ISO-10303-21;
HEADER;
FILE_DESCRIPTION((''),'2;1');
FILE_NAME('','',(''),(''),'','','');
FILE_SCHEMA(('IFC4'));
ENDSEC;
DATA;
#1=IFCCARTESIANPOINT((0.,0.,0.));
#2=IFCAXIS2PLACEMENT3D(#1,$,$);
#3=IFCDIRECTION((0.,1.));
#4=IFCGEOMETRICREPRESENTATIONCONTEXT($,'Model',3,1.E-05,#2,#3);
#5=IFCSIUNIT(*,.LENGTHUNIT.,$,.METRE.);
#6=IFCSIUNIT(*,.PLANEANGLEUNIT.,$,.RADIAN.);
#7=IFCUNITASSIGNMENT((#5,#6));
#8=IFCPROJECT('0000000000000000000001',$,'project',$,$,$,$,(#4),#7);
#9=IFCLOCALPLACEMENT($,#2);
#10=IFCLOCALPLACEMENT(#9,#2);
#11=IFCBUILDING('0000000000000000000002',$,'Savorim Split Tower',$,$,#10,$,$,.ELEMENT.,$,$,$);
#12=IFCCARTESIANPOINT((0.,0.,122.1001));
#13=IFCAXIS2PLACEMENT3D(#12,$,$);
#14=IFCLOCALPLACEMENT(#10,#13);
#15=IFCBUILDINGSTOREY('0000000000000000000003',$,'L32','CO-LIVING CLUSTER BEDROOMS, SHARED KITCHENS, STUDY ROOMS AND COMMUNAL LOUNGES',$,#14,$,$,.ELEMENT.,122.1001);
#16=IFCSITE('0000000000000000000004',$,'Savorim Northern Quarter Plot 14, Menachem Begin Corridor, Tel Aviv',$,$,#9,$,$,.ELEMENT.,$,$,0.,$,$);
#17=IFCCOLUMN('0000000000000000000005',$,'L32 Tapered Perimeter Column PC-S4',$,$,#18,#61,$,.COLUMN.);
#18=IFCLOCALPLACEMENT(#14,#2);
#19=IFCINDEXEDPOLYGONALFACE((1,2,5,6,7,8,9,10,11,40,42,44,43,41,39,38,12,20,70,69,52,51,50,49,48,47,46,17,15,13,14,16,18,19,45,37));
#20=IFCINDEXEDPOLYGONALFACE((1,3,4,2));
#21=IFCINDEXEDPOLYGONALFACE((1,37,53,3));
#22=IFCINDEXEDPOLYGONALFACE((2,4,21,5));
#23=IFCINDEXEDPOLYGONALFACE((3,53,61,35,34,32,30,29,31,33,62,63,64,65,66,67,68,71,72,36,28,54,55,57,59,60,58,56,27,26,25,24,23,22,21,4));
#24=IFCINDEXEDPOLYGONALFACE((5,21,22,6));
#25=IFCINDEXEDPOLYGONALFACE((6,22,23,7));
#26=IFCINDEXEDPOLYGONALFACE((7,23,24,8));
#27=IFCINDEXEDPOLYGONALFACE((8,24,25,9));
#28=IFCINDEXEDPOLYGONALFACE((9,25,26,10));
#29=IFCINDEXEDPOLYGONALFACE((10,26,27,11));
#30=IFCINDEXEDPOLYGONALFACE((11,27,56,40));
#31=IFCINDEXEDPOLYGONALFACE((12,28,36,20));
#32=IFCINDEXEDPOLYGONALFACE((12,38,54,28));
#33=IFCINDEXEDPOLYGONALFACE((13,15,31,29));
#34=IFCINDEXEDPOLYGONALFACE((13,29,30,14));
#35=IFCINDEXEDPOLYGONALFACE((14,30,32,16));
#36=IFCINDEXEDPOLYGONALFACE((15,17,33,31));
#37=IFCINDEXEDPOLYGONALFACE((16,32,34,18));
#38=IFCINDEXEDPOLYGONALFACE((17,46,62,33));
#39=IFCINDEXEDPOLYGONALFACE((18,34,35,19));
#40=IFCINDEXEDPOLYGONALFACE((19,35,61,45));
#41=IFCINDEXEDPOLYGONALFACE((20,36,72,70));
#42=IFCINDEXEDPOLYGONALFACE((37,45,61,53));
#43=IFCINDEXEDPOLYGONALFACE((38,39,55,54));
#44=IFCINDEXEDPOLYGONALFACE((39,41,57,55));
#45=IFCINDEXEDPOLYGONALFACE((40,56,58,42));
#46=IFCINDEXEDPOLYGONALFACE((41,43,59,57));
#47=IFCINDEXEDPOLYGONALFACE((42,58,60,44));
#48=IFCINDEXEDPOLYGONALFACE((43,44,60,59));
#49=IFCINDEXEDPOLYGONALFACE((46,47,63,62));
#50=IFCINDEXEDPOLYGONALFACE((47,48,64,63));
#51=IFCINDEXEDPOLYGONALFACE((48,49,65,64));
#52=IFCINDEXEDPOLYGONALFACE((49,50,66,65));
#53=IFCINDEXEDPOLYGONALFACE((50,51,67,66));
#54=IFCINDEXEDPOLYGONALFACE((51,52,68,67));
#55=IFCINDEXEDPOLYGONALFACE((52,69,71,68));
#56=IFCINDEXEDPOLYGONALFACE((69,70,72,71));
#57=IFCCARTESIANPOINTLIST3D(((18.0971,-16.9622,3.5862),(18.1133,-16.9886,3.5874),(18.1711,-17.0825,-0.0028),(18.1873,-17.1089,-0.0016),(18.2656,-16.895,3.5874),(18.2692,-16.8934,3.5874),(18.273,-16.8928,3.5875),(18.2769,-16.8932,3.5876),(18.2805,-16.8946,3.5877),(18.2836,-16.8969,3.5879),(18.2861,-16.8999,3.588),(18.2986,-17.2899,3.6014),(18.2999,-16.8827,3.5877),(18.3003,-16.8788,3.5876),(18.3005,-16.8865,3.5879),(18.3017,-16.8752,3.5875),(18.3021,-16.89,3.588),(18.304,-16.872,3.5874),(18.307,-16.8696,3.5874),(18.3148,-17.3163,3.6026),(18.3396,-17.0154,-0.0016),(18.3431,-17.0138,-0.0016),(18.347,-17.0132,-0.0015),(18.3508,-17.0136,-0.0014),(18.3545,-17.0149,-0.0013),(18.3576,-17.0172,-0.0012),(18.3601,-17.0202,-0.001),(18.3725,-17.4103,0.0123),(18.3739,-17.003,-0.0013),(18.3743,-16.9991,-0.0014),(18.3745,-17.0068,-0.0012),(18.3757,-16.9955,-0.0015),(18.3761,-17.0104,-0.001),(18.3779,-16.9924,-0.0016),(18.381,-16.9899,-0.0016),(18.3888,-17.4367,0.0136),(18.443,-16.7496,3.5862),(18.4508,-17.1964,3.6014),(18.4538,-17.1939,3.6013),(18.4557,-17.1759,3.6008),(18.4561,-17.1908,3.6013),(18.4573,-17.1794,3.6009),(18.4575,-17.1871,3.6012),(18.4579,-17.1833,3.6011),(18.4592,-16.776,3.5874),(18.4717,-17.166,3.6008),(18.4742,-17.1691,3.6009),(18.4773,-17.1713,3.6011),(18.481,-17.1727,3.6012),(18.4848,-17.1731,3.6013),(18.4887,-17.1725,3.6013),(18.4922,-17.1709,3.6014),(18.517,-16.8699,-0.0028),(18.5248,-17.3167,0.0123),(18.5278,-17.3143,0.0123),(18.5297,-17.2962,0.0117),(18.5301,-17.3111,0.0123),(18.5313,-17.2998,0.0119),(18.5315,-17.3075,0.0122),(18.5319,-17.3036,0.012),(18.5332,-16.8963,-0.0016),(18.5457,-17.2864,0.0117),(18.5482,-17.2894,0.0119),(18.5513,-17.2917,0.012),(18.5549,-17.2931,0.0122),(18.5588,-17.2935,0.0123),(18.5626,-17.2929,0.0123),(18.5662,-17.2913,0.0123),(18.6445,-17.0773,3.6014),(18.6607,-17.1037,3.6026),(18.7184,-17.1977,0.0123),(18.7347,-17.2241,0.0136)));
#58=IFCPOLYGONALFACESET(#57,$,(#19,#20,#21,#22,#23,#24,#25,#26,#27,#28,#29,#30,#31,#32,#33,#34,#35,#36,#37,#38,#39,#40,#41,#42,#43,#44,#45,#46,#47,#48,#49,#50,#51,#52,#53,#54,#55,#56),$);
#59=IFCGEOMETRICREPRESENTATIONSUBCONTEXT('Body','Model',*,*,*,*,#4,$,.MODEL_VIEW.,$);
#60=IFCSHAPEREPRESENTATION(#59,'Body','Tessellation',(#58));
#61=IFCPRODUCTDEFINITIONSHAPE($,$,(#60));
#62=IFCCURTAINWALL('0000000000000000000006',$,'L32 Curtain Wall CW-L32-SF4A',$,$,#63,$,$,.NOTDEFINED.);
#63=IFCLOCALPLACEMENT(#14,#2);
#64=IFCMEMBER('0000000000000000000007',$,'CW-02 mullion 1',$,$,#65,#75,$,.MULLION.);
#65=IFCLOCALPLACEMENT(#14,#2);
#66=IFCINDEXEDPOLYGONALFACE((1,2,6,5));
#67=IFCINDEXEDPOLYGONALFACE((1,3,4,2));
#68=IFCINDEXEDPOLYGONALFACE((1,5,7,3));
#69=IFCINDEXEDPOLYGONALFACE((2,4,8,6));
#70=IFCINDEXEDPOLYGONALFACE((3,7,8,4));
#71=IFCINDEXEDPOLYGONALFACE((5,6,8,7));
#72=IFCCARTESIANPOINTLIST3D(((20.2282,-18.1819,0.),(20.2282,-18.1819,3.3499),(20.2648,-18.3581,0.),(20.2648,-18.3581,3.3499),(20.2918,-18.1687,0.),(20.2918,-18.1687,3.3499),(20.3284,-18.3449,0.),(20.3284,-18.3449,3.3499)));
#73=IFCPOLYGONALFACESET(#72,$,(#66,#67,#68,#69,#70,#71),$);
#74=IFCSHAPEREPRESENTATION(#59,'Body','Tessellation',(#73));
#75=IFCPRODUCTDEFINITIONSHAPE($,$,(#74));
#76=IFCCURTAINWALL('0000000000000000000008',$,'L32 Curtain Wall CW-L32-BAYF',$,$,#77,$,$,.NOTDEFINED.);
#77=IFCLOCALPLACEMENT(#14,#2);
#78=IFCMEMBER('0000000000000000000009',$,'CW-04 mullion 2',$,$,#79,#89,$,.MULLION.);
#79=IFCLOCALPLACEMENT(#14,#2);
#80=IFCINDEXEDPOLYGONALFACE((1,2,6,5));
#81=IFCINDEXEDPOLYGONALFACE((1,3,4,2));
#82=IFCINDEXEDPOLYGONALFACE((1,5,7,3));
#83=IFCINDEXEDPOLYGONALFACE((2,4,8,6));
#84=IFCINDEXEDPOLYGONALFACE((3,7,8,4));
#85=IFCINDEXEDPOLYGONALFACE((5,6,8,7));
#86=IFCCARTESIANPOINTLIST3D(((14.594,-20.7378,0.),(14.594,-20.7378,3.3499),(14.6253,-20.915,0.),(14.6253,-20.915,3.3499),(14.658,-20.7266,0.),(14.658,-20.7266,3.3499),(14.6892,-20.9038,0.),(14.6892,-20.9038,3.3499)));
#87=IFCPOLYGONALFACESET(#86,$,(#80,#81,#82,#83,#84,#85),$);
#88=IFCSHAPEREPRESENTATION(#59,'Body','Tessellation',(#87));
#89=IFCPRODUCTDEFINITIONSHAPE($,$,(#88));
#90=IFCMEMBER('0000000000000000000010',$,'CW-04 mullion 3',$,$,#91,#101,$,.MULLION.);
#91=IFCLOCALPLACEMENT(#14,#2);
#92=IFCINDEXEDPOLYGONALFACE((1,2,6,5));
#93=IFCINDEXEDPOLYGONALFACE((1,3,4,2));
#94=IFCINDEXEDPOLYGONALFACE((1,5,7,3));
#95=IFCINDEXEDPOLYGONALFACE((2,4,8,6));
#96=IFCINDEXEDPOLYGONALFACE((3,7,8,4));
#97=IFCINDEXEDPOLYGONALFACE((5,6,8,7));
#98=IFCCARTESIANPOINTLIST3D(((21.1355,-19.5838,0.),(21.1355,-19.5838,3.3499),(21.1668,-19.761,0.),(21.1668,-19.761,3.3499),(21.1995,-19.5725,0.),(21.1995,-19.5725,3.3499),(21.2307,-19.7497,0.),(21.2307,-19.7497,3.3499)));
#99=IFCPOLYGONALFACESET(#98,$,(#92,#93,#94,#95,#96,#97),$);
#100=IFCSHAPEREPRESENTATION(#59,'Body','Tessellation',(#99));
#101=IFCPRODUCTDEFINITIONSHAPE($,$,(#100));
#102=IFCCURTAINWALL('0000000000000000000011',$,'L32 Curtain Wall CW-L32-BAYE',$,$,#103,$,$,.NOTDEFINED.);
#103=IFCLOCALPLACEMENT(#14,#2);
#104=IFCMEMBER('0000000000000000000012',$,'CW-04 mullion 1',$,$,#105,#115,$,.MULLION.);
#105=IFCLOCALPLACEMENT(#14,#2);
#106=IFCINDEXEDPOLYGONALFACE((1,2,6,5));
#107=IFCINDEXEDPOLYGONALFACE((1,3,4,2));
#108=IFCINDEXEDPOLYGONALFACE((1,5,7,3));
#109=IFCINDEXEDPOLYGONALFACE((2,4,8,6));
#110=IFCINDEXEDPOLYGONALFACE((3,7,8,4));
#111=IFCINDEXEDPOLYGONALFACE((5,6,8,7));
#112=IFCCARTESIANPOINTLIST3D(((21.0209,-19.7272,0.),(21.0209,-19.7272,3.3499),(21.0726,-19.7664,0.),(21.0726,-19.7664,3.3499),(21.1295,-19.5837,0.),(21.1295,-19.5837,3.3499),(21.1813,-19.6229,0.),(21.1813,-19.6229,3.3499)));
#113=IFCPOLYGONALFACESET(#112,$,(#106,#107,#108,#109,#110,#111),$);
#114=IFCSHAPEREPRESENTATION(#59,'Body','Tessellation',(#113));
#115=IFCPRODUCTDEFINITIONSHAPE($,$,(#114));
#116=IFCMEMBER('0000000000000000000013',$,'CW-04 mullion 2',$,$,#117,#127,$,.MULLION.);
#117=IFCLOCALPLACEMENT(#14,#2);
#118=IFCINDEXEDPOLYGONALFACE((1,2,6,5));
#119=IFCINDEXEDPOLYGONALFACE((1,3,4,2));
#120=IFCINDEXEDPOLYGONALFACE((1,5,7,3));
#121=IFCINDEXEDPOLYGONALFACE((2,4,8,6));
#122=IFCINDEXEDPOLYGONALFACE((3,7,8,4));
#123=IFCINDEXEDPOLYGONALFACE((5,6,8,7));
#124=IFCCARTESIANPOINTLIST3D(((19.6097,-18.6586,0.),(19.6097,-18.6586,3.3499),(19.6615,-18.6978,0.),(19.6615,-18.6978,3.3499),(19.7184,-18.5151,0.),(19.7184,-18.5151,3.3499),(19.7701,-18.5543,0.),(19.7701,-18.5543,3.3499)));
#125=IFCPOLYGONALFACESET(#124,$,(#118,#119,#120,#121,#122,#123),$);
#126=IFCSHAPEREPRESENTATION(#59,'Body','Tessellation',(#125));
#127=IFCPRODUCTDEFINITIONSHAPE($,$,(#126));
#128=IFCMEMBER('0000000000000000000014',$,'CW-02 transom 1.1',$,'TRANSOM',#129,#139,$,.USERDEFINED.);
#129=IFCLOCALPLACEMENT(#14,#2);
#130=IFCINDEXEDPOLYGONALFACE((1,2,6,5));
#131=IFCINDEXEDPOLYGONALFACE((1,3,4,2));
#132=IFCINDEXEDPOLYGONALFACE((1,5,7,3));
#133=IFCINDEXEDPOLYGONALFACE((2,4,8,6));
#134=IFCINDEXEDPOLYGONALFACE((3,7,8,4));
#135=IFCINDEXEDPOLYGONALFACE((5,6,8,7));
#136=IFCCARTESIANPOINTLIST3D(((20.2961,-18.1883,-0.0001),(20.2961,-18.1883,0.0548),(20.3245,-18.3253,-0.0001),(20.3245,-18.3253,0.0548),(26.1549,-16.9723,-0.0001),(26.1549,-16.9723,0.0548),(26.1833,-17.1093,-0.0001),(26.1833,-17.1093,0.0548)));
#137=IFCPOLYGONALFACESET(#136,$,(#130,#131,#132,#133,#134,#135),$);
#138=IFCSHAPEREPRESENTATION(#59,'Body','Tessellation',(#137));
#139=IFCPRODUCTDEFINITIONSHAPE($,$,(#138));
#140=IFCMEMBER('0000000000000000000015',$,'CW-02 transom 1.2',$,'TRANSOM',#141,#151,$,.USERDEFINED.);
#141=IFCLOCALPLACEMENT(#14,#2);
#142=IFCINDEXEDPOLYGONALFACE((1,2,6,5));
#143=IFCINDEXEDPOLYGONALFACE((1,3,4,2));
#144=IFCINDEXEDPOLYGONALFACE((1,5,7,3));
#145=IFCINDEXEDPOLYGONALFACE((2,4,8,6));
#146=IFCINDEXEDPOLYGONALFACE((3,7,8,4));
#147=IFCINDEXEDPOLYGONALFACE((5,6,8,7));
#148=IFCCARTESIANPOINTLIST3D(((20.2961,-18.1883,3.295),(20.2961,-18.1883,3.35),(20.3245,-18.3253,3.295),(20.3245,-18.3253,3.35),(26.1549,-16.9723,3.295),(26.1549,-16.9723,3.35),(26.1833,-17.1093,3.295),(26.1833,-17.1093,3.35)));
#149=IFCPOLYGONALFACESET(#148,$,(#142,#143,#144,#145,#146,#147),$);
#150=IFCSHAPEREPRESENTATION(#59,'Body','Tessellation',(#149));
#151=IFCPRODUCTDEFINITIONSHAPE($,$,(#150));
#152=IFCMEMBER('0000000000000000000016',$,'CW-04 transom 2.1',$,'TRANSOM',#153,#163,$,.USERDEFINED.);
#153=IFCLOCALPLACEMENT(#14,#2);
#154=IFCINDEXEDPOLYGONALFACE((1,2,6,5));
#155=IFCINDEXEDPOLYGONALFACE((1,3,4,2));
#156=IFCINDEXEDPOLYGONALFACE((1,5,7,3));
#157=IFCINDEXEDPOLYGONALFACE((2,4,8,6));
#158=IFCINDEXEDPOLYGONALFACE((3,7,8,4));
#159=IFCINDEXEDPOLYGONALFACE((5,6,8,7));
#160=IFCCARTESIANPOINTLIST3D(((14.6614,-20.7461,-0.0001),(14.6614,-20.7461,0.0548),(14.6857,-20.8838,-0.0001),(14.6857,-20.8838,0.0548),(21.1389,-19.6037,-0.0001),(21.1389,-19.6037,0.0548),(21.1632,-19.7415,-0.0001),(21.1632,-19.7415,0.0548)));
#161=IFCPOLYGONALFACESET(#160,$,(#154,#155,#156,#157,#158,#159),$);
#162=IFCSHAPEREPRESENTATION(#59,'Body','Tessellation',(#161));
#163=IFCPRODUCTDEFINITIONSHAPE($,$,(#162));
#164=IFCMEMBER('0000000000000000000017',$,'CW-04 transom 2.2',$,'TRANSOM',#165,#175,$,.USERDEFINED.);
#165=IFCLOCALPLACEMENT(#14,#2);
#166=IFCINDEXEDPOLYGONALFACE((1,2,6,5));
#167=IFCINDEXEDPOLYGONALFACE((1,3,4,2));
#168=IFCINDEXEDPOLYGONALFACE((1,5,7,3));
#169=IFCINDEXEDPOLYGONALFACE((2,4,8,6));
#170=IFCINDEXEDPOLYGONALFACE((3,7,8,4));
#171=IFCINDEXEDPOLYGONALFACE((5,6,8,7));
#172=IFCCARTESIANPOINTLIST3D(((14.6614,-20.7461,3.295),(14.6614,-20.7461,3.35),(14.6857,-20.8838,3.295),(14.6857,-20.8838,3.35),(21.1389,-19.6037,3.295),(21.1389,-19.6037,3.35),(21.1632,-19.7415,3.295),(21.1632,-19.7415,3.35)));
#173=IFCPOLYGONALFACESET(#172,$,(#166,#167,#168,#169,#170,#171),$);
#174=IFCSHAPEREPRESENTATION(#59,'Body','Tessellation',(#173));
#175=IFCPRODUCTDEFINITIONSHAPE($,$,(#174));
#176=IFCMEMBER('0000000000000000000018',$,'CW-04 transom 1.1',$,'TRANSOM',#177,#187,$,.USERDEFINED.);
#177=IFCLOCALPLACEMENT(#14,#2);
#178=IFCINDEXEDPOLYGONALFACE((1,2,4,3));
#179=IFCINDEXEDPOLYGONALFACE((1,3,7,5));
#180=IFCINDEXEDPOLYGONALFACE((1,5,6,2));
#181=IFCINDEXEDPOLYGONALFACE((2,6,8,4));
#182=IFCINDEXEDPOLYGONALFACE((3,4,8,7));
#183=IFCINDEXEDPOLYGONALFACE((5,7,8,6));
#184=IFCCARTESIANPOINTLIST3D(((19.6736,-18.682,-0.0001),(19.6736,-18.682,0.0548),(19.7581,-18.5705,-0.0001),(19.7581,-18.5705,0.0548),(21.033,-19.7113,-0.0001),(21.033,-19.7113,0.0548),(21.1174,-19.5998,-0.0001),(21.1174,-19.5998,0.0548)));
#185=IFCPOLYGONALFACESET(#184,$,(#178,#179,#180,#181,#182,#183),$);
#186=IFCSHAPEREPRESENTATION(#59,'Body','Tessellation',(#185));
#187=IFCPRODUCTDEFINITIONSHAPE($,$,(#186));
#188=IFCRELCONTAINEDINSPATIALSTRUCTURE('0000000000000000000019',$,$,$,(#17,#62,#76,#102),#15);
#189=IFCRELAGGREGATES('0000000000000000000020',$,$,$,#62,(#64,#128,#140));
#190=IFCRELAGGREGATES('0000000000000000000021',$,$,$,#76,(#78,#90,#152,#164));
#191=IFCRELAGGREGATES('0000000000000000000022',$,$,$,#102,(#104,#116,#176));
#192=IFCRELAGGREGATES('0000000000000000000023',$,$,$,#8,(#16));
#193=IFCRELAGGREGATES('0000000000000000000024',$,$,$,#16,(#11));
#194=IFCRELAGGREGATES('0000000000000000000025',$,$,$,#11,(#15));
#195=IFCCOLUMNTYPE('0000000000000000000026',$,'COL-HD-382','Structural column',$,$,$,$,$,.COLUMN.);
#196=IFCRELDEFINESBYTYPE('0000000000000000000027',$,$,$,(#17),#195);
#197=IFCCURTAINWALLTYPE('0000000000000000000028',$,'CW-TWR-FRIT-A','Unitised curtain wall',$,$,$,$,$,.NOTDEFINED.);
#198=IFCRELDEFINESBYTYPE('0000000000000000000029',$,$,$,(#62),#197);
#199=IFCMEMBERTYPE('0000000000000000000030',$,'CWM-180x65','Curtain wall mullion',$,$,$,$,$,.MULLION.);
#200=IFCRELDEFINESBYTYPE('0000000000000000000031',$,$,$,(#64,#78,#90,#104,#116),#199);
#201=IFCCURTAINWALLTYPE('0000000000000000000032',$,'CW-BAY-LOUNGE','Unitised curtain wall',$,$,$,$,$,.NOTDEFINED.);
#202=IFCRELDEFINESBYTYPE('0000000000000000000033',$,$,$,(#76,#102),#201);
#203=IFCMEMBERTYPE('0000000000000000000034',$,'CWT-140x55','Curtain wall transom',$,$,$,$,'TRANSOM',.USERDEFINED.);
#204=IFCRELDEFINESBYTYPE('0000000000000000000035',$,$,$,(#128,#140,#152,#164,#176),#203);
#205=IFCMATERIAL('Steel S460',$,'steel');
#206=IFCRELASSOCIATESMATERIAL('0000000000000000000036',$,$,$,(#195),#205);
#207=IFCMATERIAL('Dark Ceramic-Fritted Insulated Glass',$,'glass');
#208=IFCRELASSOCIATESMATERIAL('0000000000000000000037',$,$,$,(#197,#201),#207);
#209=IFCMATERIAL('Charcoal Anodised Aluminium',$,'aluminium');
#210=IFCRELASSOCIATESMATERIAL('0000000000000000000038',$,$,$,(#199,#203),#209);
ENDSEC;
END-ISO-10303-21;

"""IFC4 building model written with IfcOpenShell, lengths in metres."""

from ifc_helpers import new_model, si_unit, direction, frame, origin, origin_2d, place, context, subcontext, project, spatial, rectangle, i_section, extrude, material, material_profile, profile_set, type_object, element, aggregate, save


model = new_model("IFC4")

# Units and contexts
model_context = context("Model", 3, precision=1e-05, world=origin(), true_north=direction((0.0, 1.0)))
body_context = subcontext(model_context, "Body", "Model", "MODEL_VIEW")
ifc_project = project(units=[si_unit("LENGTHUNIT", "METRE"), si_unit("PLANEANGLEUNIT", "RADIAN")], contexts=[model_context])

# Site, building, storey
site_placement = place(None, origin())
site = spatial("IfcSite", under=ifc_project, at=site_placement, Name="Savorim Northern Quarter Plot 14, Menachem Begin Corridor, Tel Aviv", CompositionType="ELEMENT", RefElevation=0.0)
building_placement = place(site_placement, origin())
building = spatial("IfcBuilding", under=site, at=building_placement, Name="Savorim Split Tower", CompositionType="ELEMENT")
storey_placement = place(building_placement, frame((0.0, 0.0, 122.1001)))
storey = spatial("IfcBuildingStorey", under=building, at=storey_placement, Name="L32", Description="CO-LIVING CLUSTER BEDROOMS, SHARED KITCHENS, STUDY ROOMS AND COMMUNAL LOUNGES", CompositionType="ELEMENT", Elevation=122.1001)

# Column
ifc_material_1 = material(Name="Steel S460", Category="steel")
ifc_material_profile_1 = material_profile(ifc_material_1, i_section(OverallWidth=0.406, OverallDepth=0.416, WebThickness=0.0188, FlangeThickness=0.031, FilletRadius=0.0149, at=origin_2d()), Name="HD 400x382")
ifc_profile_set_1 = profile_set([ifc_material_profile_1], Name="Steel S460")
column_type = type_object("IfcColumnType", Name="COL-HD-382", Description="Structural column", PredefinedType="COLUMN", material=ifc_profile_set_1)
column_placement = place(storey_placement, frame((18.4529, -17.1533, 0.0054), z_axis=(-0.020595, 0.033509, 0.999226), x_axis=(-0.851955, -0.523615, 0.0)))
element("IfcColumn", 1, at=column_placement, inside=storey, type_object=column_type, Name="L32 Tapered Perimeter Column PC-S4", PredefinedType="COLUMN", context=body_context, shape_type="SweptSolid", body=[
    extrude(i_section(OverallWidth=0.406, OverallDepth=0.416, WebThickness=0.0188, FlangeThickness=0.031, FilletRadius=0.0149, at=origin_2d()), origin(), (0.0, 0.0, 1.0), 3.5918),
])

# Curtain wall, member
ifc_material_2 = material(Name="Dark Ceramic-Fritted Insulated Glass", Category="glass")
curtain_wall_type_1 = type_object("IfcCurtainWallType", Name="CW-TWR-FRIT-A", Description="Unitised curtain wall", PredefinedType="NOTDEFINED", material=ifc_material_2)
curtain_wall_1_placement = place(storey_placement, origin())
curtain_wall_1 = element("IfcCurtainWall", 2, at=curtain_wall_1_placement, inside=storey, type_object=curtain_wall_type_1, Name="L32 Curtain Wall CW-L32-SF4A", PredefinedType="NOTDEFINED")
ifc_material_3 = material(Name="Charcoal Anodised Aluminium", Category="aluminium")
ifc_material_profile_2 = material_profile(ifc_material_3, rectangle(XDim=0.1799, YDim=0.0649, at=origin_2d()), Name="ALU-M 180x65")
ifc_profile_set_2 = profile_set([ifc_material_profile_2], Name="Charcoal Anodised Aluminium")
member_type_1 = type_object("IfcMemberType", Name="CWM-180x65", Description="Curtain wall mullion", PredefinedType="MULLION", material=ifc_profile_set_2)
member_1_placement = place(storey_placement, frame((20.2783, -18.2634, 0.0), z_axis=(0.0, 0.0, 1.0), x_axis=(-0.20321, 0.979135, 0.0)))
member_1 = element("IfcMember", 3, at=member_1_placement, type_object=member_type_1, Name="CW-02 mullion 1", PredefinedType="MULLION", context=body_context, shape_type="SweptSolid", body=[
    extrude(rectangle(XDim=0.1799, YDim=0.0649, at=origin_2d()), origin(), (0.0, 0.0, 1.0), 3.3499),
])

# Curtain walls, members
curtain_wall_type_2 = type_object("IfcCurtainWallType", Name="CW-BAY-LOUNGE", Description="Unitised curtain wall", PredefinedType="NOTDEFINED", material=ifc_material_2)
curtain_wall_2_placement = place(storey_placement, origin())
curtain_wall_2 = element("IfcCurtainWall", 4, at=curtain_wall_2_placement, inside=storey, type_object=curtain_wall_type_2, Name="L32 Curtain Wall CW-L32-BAYF", PredefinedType="NOTDEFINED")
member_2_placement = place(storey_placement, frame((14.6416, -20.8208, 0.0), z_axis=(0.0, 0.0, 1.0), x_axis=(-0.173703, 0.984798, 0.0)))
member_2 = element("IfcMember", 5, at=member_2_placement, type_object=member_type_1, Name="CW-04 mullion 2", PredefinedType="MULLION", context=body_context, shape_type="SweptSolid", body=[
    extrude(rectangle(XDim=0.1799, YDim=0.0649, at=origin_2d()), origin(), (0.0, 0.0, 1.0), 3.3499),
])
member_3_placement = place(storey_placement, frame((21.1831, -19.6667, 0.0), z_axis=(0.0, 0.0, 1.0), x_axis=(-0.173703, 0.984798, 0.0)))
member_3 = element("IfcMember", 6, at=member_3_placement, type_object=member_type_1, Name="CW-04 mullion 3", PredefinedType="MULLION", context=body_context, shape_type="SweptSolid", body=[
    extrude(rectangle(XDim=0.1799, YDim=0.0649, at=origin_2d()), origin(), (0.0, 0.0, 1.0), 3.3499),
])
curtain_wall_3_placement = place(storey_placement, origin())
curtain_wall_3 = element("IfcCurtainWall", 7, at=curtain_wall_3_placement, inside=storey, type_object=curtain_wall_type_2, Name="L32 Curtain Wall CW-L32-BAYE", PredefinedType="NOTDEFINED")
member_4_placement = place(storey_placement, frame((21.1011, -19.675, 0.0), z_axis=(0.0, 0.0, 1.0), x_axis=(-0.603725, -0.797192, 0.0)))
member_4 = element("IfcMember", 8, at=member_4_placement, type_object=member_type_1, Name="CW-04 mullion 1", PredefinedType="MULLION", context=body_context, shape_type="SweptSolid", body=[
    extrude(rectangle(XDim=0.1799, YDim=0.0649, at=origin_2d()), origin(), (0.0, 0.0, 1.0), 3.3499),
])
member_5_placement = place(storey_placement, frame((19.6899, -18.6064, 0.0), z_axis=(0.0, 0.0, 1.0), x_axis=(-0.603725, -0.797192, 0.0)))
member_5 = element("IfcMember", 9, at=member_5_placement, type_object=member_type_1, Name="CW-04 mullion 2", PredefinedType="MULLION", context=body_context, shape_type="SweptSolid", body=[
    extrude(rectangle(XDim=0.1799, YDim=0.0649, at=origin_2d()), origin(), (0.0, 0.0, 1.0), 3.3499),
])

# Members
ifc_material_profile_3 = material_profile(ifc_material_3, rectangle(XDim=0.1399, YDim=0.0549, at=origin_2d()), Name="ALU-T 140x55")
ifc_profile_set_3 = profile_set([ifc_material_profile_3], Name="Charcoal Anodised Aluminium")
member_type_2 = type_object("IfcMemberType", Name="CWT-140x55", Description="Curtain wall transom", ElementType="TRANSOM", PredefinedType="USERDEFINED", material=ifc_profile_set_3)
member_6_placement = place(storey_placement, frame((20.3103, -18.2568, 0.0273), z_axis=(0.979132, 0.203228, 0.0), x_axis=(-0.203228, 0.979132, 0.0)))
member_6 = element("IfcMember", 10, at=member_6_placement, type_object=member_type_2, Name="CW-02 transom 1.1", ObjectType="TRANSOM", PredefinedType="USERDEFINED", context=body_context, shape_type="SweptSolid", body=[
    extrude(rectangle(XDim=0.1399, YDim=0.0549, at=origin_2d()), origin(), (0.0, 0.0, 1.0), 5.9836),
])
member_7_placement = place(storey_placement, frame((20.3103, -18.2568, 3.3225), z_axis=(0.979132, 0.203228, 0.0), x_axis=(-0.203228, 0.979132, 0.0)))
member_7 = element("IfcMember", 11, at=member_7_placement, type_object=member_type_2, Name="CW-02 transom 1.2", ObjectType="TRANSOM", PredefinedType="USERDEFINED", context=body_context, shape_type="SweptSolid", body=[
    extrude(rectangle(XDim=0.1399, YDim=0.0549, at=origin_2d()), origin(), (0.0, 0.0, 1.0), 5.9836),
])
member_8_placement = place(storey_placement, frame((14.6736, -20.8149, 0.0273), z_axis=(0.984803, 0.173673, 0.0), x_axis=(-0.173673, 0.984803, 0.0)))
member_8 = element("IfcMember", 12, at=member_8_placement, type_object=member_type_2, Name="CW-04 transom 2.1", ObjectType="TRANSOM", PredefinedType="USERDEFINED", context=body_context, shape_type="SweptSolid", body=[
    extrude(rectangle(XDim=0.1399, YDim=0.0549, at=origin_2d()), origin(), (0.0, 0.0, 1.0), 6.5774),
])
member_9_placement = place(storey_placement, frame((14.6736, -20.8149, 3.3225), z_axis=(0.984803, 0.173673, 0.0), x_axis=(-0.173673, 0.984803, 0.0)))
member_9 = element("IfcMember", 13, at=member_9_placement, type_object=member_type_2, Name="CW-04 transom 2.2", ObjectType="TRANSOM", PredefinedType="USERDEFINED", context=body_context, shape_type="SweptSolid", body=[
    extrude(rectangle(XDim=0.1399, YDim=0.0549, at=origin_2d()), origin(), (0.0, 0.0, 1.0), 6.5774),
])
member_10_placement = place(storey_placement, frame((21.0752, -19.6555, 0.0273), z_axis=(-0.797242, 0.603659, 0.0), x_axis=(-0.603659, -0.797242, 0.0)))
member_10 = element("IfcMember", 14, at=member_10_placement, type_object=member_type_2, Name="CW-04 transom 1.1", ObjectType="TRANSOM", PredefinedType="USERDEFINED", context=body_context, shape_type="SweptSolid", body=[
    extrude(rectangle(XDim=0.1399, YDim=0.0549, at=origin_2d()), origin(), (0.0, 0.0, 1.0), 1.7051),
])

aggregate(curtain_wall_1, [member_1, member_6, member_7])
aggregate(curtain_wall_2, [member_2, member_3, member_8, member_9])
aggregate(curtain_wall_3, [member_4, member_5, member_10])

save(model, "model.ifc")
